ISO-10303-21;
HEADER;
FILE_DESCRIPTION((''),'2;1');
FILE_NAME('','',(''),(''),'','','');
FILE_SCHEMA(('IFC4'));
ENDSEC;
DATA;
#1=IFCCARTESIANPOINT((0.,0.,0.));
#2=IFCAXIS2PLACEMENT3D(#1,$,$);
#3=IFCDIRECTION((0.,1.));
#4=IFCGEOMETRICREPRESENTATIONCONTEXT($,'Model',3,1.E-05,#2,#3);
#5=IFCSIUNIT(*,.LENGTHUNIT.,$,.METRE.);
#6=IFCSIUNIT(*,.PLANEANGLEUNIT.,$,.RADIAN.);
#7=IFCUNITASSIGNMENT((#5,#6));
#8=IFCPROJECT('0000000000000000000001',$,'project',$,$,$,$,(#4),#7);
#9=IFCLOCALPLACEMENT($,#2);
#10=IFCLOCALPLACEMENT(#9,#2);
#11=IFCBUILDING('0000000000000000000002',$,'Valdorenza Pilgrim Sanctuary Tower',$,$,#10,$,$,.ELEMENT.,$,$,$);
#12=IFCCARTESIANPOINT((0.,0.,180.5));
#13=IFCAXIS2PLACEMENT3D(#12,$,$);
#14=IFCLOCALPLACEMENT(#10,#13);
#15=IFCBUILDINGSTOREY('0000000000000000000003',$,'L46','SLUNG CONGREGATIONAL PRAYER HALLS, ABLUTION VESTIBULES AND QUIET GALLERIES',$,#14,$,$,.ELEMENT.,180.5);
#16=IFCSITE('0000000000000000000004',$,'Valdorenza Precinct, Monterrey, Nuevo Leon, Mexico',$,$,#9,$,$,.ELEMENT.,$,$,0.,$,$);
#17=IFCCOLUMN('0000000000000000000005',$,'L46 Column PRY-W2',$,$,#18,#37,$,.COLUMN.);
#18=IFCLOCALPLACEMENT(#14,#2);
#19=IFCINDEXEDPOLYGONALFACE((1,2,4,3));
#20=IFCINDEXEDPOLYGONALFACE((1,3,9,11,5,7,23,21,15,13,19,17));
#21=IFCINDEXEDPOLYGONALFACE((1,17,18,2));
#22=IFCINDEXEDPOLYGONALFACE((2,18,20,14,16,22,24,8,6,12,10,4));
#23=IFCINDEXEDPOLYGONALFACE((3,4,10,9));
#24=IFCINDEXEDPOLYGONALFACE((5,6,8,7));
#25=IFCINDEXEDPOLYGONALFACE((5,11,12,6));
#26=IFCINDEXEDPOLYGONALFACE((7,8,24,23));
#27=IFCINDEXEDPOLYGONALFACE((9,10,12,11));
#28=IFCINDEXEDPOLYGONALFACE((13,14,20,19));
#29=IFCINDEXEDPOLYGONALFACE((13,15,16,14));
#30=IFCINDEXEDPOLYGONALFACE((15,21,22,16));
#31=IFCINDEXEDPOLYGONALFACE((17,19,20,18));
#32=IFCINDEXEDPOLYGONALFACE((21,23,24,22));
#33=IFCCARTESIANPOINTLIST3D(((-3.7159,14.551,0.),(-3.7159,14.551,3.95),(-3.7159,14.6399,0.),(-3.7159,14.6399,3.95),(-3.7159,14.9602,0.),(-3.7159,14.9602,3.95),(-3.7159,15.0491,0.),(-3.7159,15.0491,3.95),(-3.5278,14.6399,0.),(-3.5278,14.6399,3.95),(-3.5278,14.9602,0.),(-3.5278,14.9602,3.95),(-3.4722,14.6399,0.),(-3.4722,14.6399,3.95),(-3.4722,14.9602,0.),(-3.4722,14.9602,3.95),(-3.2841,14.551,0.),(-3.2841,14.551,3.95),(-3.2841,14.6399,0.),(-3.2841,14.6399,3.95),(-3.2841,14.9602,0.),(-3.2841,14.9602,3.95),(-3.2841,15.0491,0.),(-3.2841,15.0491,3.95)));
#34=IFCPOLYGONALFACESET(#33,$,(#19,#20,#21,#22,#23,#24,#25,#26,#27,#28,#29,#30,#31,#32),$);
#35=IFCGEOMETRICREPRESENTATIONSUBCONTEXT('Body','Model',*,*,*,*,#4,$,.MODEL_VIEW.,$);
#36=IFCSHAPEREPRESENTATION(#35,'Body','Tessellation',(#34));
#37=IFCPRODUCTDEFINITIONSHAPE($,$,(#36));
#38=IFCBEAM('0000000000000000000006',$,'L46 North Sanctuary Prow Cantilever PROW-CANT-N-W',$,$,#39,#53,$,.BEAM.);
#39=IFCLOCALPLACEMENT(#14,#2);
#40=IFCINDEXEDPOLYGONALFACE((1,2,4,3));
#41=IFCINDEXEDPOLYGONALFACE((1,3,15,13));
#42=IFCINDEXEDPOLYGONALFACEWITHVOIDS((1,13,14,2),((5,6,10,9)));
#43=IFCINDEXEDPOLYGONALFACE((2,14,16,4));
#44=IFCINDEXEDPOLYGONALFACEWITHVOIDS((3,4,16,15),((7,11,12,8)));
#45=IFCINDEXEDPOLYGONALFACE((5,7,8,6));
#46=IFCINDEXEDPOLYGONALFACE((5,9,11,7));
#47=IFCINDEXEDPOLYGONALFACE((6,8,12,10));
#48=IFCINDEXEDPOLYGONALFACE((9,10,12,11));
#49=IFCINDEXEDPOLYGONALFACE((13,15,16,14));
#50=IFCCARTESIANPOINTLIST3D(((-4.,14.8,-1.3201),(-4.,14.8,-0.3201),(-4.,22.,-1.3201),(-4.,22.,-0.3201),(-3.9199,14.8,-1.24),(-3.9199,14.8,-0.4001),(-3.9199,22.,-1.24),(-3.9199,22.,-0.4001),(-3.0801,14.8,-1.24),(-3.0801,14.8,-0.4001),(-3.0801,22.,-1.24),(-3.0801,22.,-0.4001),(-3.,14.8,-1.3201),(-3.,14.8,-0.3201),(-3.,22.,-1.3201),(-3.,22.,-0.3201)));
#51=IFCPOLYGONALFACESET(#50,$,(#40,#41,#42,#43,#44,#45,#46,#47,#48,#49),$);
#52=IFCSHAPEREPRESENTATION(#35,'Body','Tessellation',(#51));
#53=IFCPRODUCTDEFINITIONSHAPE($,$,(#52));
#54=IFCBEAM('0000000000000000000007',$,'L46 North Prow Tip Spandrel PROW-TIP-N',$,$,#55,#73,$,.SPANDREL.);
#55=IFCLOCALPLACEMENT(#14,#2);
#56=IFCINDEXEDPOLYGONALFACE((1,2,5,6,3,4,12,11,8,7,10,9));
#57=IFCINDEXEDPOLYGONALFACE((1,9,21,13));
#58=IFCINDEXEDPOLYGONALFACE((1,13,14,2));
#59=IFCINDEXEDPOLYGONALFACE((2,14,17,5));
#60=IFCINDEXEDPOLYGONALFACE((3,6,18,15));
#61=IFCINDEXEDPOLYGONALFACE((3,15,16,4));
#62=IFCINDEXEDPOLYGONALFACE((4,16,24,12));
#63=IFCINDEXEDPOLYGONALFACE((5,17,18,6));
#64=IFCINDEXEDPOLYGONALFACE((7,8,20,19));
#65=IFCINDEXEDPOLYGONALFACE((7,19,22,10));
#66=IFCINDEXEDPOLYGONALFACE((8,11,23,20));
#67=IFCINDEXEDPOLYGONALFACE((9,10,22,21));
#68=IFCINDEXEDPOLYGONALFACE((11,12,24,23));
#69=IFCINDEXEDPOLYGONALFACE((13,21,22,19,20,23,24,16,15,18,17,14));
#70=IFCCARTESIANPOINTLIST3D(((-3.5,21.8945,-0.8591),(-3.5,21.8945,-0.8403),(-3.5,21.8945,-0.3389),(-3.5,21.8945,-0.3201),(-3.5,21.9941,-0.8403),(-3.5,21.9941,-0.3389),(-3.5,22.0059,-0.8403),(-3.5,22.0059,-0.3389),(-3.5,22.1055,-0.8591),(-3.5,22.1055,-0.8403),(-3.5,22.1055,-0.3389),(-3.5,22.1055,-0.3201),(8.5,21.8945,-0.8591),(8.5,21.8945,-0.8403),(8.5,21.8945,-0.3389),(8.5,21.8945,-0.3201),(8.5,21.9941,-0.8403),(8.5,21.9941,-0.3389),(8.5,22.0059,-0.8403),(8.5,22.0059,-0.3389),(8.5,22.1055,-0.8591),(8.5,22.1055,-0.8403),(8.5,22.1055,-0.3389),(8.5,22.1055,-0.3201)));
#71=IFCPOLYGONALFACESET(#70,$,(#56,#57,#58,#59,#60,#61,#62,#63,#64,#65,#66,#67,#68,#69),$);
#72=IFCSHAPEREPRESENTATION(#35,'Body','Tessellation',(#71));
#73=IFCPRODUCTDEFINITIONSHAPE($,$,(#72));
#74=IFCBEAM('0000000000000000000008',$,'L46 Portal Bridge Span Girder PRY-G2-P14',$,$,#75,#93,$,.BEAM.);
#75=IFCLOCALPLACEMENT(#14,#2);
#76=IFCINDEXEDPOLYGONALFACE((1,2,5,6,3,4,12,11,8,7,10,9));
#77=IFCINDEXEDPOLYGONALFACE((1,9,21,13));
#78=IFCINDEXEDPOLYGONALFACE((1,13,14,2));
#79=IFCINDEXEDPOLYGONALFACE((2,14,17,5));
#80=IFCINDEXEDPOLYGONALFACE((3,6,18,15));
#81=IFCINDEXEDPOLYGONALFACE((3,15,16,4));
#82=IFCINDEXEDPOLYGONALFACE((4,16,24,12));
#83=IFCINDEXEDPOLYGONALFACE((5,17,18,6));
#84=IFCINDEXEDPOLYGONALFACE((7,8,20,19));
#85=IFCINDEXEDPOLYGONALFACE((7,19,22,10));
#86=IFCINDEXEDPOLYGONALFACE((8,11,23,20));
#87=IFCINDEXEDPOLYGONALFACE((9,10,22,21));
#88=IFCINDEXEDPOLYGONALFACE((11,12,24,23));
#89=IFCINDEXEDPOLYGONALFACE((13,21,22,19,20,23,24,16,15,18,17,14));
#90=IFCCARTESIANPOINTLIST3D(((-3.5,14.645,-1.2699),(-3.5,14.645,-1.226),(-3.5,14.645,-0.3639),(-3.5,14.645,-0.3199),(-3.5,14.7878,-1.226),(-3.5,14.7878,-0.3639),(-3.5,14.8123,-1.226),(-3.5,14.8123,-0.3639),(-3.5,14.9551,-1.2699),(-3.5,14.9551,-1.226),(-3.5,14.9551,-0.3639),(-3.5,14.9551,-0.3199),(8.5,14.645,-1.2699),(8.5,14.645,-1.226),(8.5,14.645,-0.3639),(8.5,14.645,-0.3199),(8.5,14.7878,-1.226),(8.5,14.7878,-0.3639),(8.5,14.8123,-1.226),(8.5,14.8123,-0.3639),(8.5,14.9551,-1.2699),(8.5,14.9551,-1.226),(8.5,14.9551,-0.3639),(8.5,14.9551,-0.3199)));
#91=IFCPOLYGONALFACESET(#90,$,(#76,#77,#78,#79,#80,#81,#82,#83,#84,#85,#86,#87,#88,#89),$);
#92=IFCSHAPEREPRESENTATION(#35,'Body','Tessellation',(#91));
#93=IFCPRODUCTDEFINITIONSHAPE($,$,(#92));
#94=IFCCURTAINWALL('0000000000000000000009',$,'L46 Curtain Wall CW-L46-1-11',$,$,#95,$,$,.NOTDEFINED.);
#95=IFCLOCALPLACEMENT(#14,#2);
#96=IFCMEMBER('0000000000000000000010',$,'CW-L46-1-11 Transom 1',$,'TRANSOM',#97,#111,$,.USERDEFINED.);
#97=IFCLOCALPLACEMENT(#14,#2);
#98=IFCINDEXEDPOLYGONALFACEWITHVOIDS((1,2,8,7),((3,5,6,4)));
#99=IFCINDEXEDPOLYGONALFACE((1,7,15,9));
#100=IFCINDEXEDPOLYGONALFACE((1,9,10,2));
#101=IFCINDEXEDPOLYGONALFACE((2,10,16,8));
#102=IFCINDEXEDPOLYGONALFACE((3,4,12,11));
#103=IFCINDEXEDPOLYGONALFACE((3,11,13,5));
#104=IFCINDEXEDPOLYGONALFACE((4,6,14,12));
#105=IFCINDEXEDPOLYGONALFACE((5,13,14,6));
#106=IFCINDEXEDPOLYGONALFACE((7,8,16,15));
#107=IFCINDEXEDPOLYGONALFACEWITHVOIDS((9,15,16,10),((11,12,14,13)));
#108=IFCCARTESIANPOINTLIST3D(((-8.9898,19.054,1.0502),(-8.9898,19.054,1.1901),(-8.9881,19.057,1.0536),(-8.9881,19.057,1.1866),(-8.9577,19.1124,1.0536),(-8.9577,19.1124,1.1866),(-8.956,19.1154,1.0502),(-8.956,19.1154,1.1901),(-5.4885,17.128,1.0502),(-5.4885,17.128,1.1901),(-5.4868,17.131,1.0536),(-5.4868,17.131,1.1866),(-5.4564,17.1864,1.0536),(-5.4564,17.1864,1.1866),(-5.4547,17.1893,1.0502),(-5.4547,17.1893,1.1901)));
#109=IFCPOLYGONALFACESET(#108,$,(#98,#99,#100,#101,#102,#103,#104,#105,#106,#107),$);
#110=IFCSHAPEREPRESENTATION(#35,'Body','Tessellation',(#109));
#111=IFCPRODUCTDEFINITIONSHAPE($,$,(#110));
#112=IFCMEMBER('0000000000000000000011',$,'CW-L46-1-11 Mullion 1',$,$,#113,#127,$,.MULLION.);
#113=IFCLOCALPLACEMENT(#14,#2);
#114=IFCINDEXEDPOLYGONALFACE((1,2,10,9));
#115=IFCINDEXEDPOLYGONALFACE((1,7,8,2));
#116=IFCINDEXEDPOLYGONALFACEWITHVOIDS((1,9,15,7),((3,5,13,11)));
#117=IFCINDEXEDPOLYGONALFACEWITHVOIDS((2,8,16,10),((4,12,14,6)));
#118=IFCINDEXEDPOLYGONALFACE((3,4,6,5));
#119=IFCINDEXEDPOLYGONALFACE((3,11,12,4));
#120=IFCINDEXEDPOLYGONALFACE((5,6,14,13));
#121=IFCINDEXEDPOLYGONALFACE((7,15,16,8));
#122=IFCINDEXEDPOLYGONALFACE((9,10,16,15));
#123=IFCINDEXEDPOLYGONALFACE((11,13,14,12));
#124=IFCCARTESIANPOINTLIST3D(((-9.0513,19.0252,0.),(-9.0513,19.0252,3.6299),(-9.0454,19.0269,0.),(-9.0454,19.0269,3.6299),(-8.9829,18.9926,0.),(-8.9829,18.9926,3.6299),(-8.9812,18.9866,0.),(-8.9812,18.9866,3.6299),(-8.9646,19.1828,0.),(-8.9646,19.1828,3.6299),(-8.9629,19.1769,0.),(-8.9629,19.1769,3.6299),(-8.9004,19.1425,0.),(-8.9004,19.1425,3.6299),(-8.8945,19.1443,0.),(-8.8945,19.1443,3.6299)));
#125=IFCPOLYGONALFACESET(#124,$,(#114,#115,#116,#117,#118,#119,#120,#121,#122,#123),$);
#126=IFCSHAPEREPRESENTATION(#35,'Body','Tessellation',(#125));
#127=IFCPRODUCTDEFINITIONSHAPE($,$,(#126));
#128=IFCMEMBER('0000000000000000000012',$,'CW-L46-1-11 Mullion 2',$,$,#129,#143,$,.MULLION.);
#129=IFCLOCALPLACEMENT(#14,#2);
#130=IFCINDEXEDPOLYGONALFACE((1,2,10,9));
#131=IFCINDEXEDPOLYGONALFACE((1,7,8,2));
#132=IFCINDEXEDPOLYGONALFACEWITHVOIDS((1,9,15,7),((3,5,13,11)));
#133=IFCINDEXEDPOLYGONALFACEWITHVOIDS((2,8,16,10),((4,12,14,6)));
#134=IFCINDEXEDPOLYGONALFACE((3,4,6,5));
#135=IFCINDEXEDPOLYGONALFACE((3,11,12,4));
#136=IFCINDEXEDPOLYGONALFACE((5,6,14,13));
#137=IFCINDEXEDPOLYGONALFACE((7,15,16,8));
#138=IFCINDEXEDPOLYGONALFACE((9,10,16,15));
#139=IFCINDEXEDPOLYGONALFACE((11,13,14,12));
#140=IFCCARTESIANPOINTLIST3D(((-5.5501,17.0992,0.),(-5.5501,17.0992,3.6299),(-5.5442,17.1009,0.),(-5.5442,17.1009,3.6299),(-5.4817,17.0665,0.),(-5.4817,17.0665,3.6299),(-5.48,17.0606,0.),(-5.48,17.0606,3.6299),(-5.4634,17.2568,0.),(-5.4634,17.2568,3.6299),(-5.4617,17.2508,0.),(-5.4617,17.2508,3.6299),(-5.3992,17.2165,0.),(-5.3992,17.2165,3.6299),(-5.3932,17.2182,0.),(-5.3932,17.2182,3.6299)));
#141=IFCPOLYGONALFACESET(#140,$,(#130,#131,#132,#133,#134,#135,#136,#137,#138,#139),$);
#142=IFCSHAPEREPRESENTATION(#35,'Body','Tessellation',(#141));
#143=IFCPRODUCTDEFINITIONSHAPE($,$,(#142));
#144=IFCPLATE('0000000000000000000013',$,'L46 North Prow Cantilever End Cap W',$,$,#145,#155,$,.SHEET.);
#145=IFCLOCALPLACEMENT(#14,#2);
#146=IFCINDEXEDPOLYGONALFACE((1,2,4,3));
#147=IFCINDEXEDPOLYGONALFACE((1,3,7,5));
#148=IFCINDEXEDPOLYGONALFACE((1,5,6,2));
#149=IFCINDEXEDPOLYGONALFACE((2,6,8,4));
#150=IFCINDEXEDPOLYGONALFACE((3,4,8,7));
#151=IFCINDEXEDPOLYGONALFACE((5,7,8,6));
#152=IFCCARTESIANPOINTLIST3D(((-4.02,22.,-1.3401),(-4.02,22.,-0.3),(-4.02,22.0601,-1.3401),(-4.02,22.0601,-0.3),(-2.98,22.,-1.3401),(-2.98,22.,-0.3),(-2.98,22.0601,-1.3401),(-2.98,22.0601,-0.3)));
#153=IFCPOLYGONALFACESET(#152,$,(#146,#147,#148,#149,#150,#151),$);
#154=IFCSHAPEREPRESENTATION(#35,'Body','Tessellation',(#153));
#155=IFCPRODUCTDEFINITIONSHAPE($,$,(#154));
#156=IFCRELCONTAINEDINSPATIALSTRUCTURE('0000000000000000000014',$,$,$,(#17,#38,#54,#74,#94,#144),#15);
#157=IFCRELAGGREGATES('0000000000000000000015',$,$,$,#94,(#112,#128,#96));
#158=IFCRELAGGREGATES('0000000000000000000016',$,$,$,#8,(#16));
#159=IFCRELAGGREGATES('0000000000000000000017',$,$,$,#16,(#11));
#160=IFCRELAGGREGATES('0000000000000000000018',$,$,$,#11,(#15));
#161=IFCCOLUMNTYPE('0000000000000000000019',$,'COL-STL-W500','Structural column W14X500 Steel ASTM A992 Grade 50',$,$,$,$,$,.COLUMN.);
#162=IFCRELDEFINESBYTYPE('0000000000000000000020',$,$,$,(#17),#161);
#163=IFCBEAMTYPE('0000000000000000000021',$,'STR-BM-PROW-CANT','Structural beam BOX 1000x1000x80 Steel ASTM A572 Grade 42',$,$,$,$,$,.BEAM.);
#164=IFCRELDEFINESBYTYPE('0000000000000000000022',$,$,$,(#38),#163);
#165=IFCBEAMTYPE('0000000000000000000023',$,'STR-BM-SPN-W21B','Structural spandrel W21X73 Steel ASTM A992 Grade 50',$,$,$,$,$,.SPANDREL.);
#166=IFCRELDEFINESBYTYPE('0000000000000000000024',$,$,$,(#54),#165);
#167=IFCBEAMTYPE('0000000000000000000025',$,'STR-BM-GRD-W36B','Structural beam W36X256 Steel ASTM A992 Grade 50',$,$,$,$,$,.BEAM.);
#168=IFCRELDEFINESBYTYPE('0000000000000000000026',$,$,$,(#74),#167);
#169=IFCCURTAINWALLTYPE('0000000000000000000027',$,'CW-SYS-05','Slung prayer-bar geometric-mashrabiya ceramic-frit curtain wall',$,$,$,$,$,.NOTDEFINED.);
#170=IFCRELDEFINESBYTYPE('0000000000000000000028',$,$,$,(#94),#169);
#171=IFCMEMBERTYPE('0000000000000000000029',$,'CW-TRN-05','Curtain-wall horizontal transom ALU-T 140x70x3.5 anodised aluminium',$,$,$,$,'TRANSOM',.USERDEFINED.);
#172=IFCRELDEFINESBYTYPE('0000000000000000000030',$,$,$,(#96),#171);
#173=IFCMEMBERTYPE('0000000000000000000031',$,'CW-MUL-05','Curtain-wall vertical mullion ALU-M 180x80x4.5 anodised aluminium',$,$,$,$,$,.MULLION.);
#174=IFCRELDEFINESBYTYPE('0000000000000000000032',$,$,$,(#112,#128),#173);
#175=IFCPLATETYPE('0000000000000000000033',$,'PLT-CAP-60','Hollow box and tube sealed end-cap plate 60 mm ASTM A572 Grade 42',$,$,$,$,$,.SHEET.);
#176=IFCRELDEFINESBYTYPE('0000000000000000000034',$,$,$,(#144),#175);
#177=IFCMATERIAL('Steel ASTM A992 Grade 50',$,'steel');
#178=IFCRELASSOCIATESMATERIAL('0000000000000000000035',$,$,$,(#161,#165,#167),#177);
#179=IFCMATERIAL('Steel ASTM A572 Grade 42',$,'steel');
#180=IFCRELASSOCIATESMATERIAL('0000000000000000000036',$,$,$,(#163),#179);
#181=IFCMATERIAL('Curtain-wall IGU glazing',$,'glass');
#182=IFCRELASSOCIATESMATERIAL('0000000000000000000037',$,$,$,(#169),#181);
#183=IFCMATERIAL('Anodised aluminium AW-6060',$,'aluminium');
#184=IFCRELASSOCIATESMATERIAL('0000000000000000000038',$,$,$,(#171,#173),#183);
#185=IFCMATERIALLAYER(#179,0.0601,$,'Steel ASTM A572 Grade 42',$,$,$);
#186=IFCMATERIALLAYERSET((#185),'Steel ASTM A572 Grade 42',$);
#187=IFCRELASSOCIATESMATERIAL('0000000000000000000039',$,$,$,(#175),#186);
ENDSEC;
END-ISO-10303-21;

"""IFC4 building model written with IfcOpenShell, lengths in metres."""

from ifc_helpers import new_model, si_unit, direction, frame, origin, origin_2d, place, context, subcontext, project, spatial, rectangle, hollow_rectangle, i_section, extrude, source, transform, mapped, material, layer, layer_set, material_profile, profile_set, type_object, element, aggregate, save


model = new_model("IFC4")

# Units and contexts
model_context = context("Model", 3, precision=1e-05, world=origin(), true_north=direction((0.0, 1.0)))
body_context = subcontext(model_context, "Body", "Model", "MODEL_VIEW")
ifc_project = project(units=[si_unit("LENGTHUNIT", "METRE"), si_unit("PLANEANGLEUNIT", "RADIAN")], contexts=[model_context])

# Site, building, storey
site_placement = place(None, origin())
site = spatial("IfcSite", under=ifc_project, at=site_placement, Name="Valdorenza Precinct, Monterrey, Nuevo Leon, Mexico", CompositionType="ELEMENT", RefElevation=0.0)
building_placement = place(site_placement, origin())
building = spatial("IfcBuilding", under=site, at=building_placement, Name="Valdorenza Pilgrim Sanctuary Tower", CompositionType="ELEMENT")
storey_placement = place(building_placement, frame((0.0, 0.0, 180.5)))
storey = spatial("IfcBuildingStorey", under=building, at=storey_placement, Name="L46", Description="SLUNG CONGREGATIONAL PRAYER HALLS, ABLUTION VESTIBULES AND QUIET GALLERIES", CompositionType="ELEMENT", Elevation=180.5)

# Column
ifc_material_1 = material(Name="Steel ASTM A992 Grade 50", Category="steel")
ifc_material_profile_1 = material_profile(ifc_material_1, i_section(OverallWidth=0.4319, OverallDepth=0.498, WebThickness=0.0557, FlangeThickness=0.0889, at=origin_2d()), Name="W14X500")
ifc_profile_set_1 = profile_set([ifc_material_profile_1], Name="Steel ASTM A992 Grade 50")
column_type = type_object("IfcColumnType", Name="COL-STL-W500", Description="Structural column W14X500 Steel ASTM A992 Grade 50", PredefinedType="COLUMN", material=ifc_profile_set_1)
shared_shape_1 = source(origin(), body_context, "Body", "SweptSolid", [
    extrude(i_section(OverallWidth=0.4319, OverallDepth=0.498, WebThickness=0.0557, FlangeThickness=0.0889, at=origin_2d()), origin(), (0.0, 0.0, 1.0), 3.95),
])
column_placement = place(storey_placement, frame((-3.5, 14.8, 0.0), z_axis=(0.0, 0.0, 1.0), x_axis=(1.0, 0.0, 0.0)))
element("IfcColumn", 1, at=column_placement, inside=storey, type_object=column_type, Name="L46 Column PRY-W2", PredefinedType="COLUMN", context=body_context, shape_type="MappedRepresentation", body=[
    mapped(shared_shape_1, transform((0.0, 0.0, 0.0), x_axis=(1.0, 0.0, 0.0), y_axis=(0.0, 1.0, 0.0), z_axis=(0.0, 0.0, 1.0), scale=1.0)),
])

# Beams
ifc_material_2 = material(Name="Steel ASTM A572 Grade 42", Category="steel")
ifc_material_profile_2 = material_profile(ifc_material_2, hollow_rectangle(XDim=1.0, YDim=1.0, WallThickness=0.0801, at=origin_2d()), Name="BOX 1000x1000x80")
ifc_profile_set_2 = profile_set([ifc_material_profile_2], Name="Steel ASTM A572 Grade 42")
beam_type_1 = type_object("IfcBeamType", Name="STR-BM-PROW-CANT", Description="Structural beam BOX 1000x1000x80 Steel ASTM A572 Grade 42", PredefinedType="BEAM", material=ifc_profile_set_2)
shared_shape_2 = source(origin(), body_context, "Body", "SweptSolid", [
    extrude(hollow_rectangle(XDim=1.0, YDim=1.0, WallThickness=0.0801, at=origin_2d()), origin(), (0.0, 0.0, 1.0), 7.2),
])
beam_1_placement = place(storey_placement, frame((-3.5, 14.8, -0.8201), z_axis=(0.0, 1.0, 0.0), x_axis=(-1.0, 0.0, 0.0)))
element("IfcBeam", 2, at=beam_1_placement, inside=storey, type_object=beam_type_1, Name="L46 North Sanctuary Prow Cantilever PROW-CANT-N-W", PredefinedType="BEAM", context=body_context, shape_type="MappedRepresentation", body=[
    mapped(shared_shape_2, transform((0.0, 0.0, 0.0), x_axis=(1.0, 0.0, 0.0), y_axis=(0.0, 1.0, 0.0), z_axis=(0.0, 0.0, 1.0), scale=1.0)),
])
ifc_material_profile_3 = material_profile(ifc_material_1, i_section(OverallWidth=0.2109, OverallDepth=0.5391, WebThickness=0.0117, FlangeThickness=0.0188, at=origin_2d()), Name="W21X73")
ifc_profile_set_3 = profile_set([ifc_material_profile_3], Name="Steel ASTM A992 Grade 50")
beam_type_2 = type_object("IfcBeamType", Name="STR-BM-SPN-W21B", Description="Structural spandrel W21X73 Steel ASTM A992 Grade 50", PredefinedType="SPANDREL", material=ifc_profile_set_3)
shared_shape_3 = source(origin(), body_context, "Body", "SweptSolid", [
    extrude(i_section(OverallWidth=0.2109, OverallDepth=0.5391, WebThickness=0.0117, FlangeThickness=0.0188, at=origin_2d()), origin(), (0.0, 0.0, 1.0), 12.0),
])
beam_2_placement = place(storey_placement, frame((-3.5, 22.0, -0.5896), z_axis=(1.0, 0.0, 0.0), x_axis=(0.0, 1.0, 0.0)))
element("IfcBeam", 3, at=beam_2_placement, inside=storey, type_object=beam_type_2, Name="L46 North Prow Tip Spandrel PROW-TIP-N", PredefinedType="SPANDREL", context=body_context, shape_type="MappedRepresentation", body=[
    mapped(shared_shape_3, transform((0.0, 0.0, 0.0), x_axis=(1.0, 0.0, 0.0), y_axis=(0.0, 1.0, 0.0), z_axis=(0.0, 0.0, 1.0), scale=1.0)),
])
ifc_material_profile_4 = material_profile(ifc_material_1, i_section(OverallWidth=0.3101, OverallDepth=0.95, WebThickness=0.0244, FlangeThickness=0.0439, at=origin_2d()), Name="W36X256")
ifc_profile_set_4 = profile_set([ifc_material_profile_4], Name="Steel ASTM A992 Grade 50")
beam_type_3 = type_object("IfcBeamType", Name="STR-BM-GRD-W36B", Description="Structural beam W36X256 Steel ASTM A992 Grade 50", PredefinedType="BEAM", material=ifc_profile_set_4)
shared_shape_4 = source(origin(), body_context, "Body", "SweptSolid", [
    extrude(i_section(OverallWidth=0.3101, OverallDepth=0.95, WebThickness=0.0244, FlangeThickness=0.0439, at=origin_2d()), origin(), (0.0, 0.0, 1.0), 12.0),
])
beam_3_placement = place(storey_placement, frame((-3.5, 14.8, -0.7949), z_axis=(1.0, 0.0, 0.0), x_axis=(0.0, 1.0, 0.0)))
element("IfcBeam", 4, at=beam_3_placement, inside=storey, type_object=beam_type_3, Name="L46 Portal Bridge Span Girder PRY-G2-P14", PredefinedType="BEAM", context=body_context, shape_type="MappedRepresentation", body=[
    mapped(shared_shape_4, transform((0.0, 0.0, 0.0), x_axis=(1.0, 0.0, 0.0), y_axis=(0.0, 1.0, 0.0), z_axis=(0.0, 0.0, 1.0), scale=1.0)),
])

# Curtain wall, members
ifc_material_3 = material(Name="Curtain-wall IGU glazing", Category="glass")
curtain_wall_type = type_object("IfcCurtainWallType", Name="CW-SYS-05", Description="Slung prayer-bar geometric-mashrabiya ceramic-frit curtain wall", PredefinedType="NOTDEFINED", material=ifc_material_3)
curtain_wall_placement = place(storey_placement, origin())
curtain_wall = element("IfcCurtainWall", 5, at=curtain_wall_placement, inside=storey, type_object=curtain_wall_type, Name="L46 Curtain Wall CW-L46-1-11", PredefinedType="NOTDEFINED")
ifc_material_4 = material(Name="Anodised aluminium AW-6060", Category="aluminium")
ifc_material_profile_5 = material_profile(ifc_material_4, hollow_rectangle(XDim=0.0701, YDim=0.1399, WallThickness=0.0034, at=origin_2d()), Name="ALU-T 140x70x3.5")
ifc_profile_set_5 = profile_set([ifc_material_profile_5], Name="Anodised aluminium AW-6060")
member_type_1 = type_object("IfcMemberType", Name="CW-TRN-05", Description="Curtain-wall horizontal transom ALU-T 140x70x3.5 anodised aluminium", ElementType="TRANSOM", PredefinedType="USERDEFINED", material=ifc_profile_set_5)
shared_shape_5 = source(origin(), body_context, "Body", "SweptSolid", [
    extrude(hollow_rectangle(XDim=0.0701, YDim=0.1399, WallThickness=0.0034, at=origin_2d()), origin(), (0.0, 0.0, 1.0), 3.9961),
])
member_1_placement = place(storey_placement, frame((-8.9729, 19.0847, 1.1201), z_axis=(0.876178, -0.481987, 0.0), x_axis=(0.481987, 0.876178, 0.0)))
member_1 = element("IfcMember", 6, at=member_1_placement, type_object=member_type_1, Name="CW-L46-1-11 Transom 1", ObjectType="TRANSOM", PredefinedType="USERDEFINED", context=body_context, shape_type="MappedRepresentation", body=[
    mapped(shared_shape_5, transform((0.0, 0.0, 0.0), x_axis=(1.0, 0.0, 0.0), y_axis=(0.0, 1.0, 0.0), z_axis=(0.0, 0.0, 1.0), scale=1.0)),
])
ifc_material_profile_6 = material_profile(ifc_material_4, hollow_rectangle(XDim=0.0801, YDim=0.1799, WallThickness=0.0044, at=origin_2d()), Name="ALU-M 180x80x4.5")
ifc_profile_set_6 = profile_set([ifc_material_profile_6], Name="Anodised aluminium AW-6060")
member_type_2 = type_object("IfcMemberType", Name="CW-MUL-05", Description="Curtain-wall vertical mullion ALU-M 180x80x4.5 anodised aluminium", PredefinedType="MULLION", material=ifc_profile_set_6)
shared_shape_6 = source(origin(), body_context, "Body", "SweptSolid", [
    extrude(hollow_rectangle(XDim=0.0801, YDim=0.1799, WallThickness=0.0044, at=origin_2d()), origin(), (0.0, 0.0, 1.0), 3.6299),
])
member_2_placement = place(storey_placement, frame((-8.9729, 19.0847, 0.0), z_axis=(0.0, 0.0, 1.0), x_axis=(0.876214, -0.481922, 0.0)))
member_2 = element("IfcMember", 7, at=member_2_placement, type_object=member_type_2, Name="CW-L46-1-11 Mullion 1", PredefinedType="MULLION", context=body_context, shape_type="MappedRepresentation", body=[
    mapped(shared_shape_6, transform((0.0, 0.0, 0.0), x_axis=(1.0, 0.0, 0.0), y_axis=(0.0, 1.0, 0.0), z_axis=(0.0, 0.0, 1.0), scale=1.0)),
])
member_3_placement = place(storey_placement, frame((-5.4717, 17.1587, 0.0), z_axis=(0.0, 0.0, 1.0), x_axis=(0.876214, -0.481922, 0.0)))
member_3 = element("IfcMember", 8, at=member_3_placement, type_object=member_type_2, Name="CW-L46-1-11 Mullion 2", PredefinedType="MULLION", context=body_context, shape_type="MappedRepresentation", body=[
    mapped(shared_shape_6, transform((0.0, 0.0, 0.0), x_axis=(1.0, 0.0, 0.0), y_axis=(0.0, 1.0, 0.0), z_axis=(0.0, 0.0, 1.0), scale=1.0)),
])

# Plate
ifc_layer_1 = layer(ifc_material_2, 0.0601, Name="Steel ASTM A572 Grade 42")
ifc_layer_set_1 = layer_set([ifc_layer_1], Name="Steel ASTM A572 Grade 42")
plate_type_1 = type_object("IfcPlateType", Name="PLT-CAP-60", Description="Hollow box and tube sealed end-cap plate 60 mm ASTM A572 Grade 42", PredefinedType="SHEET", material=ifc_layer_set_1)
shared_shape_7 = source(origin(), body_context, "Body", "SweptSolid", [
    extrude(rectangle(XDim=1.04, YDim=0.0601, at=origin_2d()), origin(), (0.0, 0.0, 1.0), 1.04),
])
plate_1_placement = place(storey_placement, frame((-3.5, 22.03, -1.3401), z_axis=(0.0, 0.0, 1.0), x_axis=(1.0, 0.0, 0.0)))
element("IfcPlate", 9, at=plate_1_placement, inside=storey, type_object=plate_type_1, Name="L46 North Prow Cantilever End Cap W", PredefinedType="SHEET", context=body_context, shape_type="MappedRepresentation", body=[
    mapped(shared_shape_7, transform((0.0, 0.0, 0.0), x_axis=(1.0, 0.0, 0.0), y_axis=(0.0, 1.0, 0.0), z_axis=(0.0, 0.0, 1.0), scale=1.0)),
])
aggregate(curtain_wall, [member_2, member_3, member_1])

save(model, "model.ifc")
